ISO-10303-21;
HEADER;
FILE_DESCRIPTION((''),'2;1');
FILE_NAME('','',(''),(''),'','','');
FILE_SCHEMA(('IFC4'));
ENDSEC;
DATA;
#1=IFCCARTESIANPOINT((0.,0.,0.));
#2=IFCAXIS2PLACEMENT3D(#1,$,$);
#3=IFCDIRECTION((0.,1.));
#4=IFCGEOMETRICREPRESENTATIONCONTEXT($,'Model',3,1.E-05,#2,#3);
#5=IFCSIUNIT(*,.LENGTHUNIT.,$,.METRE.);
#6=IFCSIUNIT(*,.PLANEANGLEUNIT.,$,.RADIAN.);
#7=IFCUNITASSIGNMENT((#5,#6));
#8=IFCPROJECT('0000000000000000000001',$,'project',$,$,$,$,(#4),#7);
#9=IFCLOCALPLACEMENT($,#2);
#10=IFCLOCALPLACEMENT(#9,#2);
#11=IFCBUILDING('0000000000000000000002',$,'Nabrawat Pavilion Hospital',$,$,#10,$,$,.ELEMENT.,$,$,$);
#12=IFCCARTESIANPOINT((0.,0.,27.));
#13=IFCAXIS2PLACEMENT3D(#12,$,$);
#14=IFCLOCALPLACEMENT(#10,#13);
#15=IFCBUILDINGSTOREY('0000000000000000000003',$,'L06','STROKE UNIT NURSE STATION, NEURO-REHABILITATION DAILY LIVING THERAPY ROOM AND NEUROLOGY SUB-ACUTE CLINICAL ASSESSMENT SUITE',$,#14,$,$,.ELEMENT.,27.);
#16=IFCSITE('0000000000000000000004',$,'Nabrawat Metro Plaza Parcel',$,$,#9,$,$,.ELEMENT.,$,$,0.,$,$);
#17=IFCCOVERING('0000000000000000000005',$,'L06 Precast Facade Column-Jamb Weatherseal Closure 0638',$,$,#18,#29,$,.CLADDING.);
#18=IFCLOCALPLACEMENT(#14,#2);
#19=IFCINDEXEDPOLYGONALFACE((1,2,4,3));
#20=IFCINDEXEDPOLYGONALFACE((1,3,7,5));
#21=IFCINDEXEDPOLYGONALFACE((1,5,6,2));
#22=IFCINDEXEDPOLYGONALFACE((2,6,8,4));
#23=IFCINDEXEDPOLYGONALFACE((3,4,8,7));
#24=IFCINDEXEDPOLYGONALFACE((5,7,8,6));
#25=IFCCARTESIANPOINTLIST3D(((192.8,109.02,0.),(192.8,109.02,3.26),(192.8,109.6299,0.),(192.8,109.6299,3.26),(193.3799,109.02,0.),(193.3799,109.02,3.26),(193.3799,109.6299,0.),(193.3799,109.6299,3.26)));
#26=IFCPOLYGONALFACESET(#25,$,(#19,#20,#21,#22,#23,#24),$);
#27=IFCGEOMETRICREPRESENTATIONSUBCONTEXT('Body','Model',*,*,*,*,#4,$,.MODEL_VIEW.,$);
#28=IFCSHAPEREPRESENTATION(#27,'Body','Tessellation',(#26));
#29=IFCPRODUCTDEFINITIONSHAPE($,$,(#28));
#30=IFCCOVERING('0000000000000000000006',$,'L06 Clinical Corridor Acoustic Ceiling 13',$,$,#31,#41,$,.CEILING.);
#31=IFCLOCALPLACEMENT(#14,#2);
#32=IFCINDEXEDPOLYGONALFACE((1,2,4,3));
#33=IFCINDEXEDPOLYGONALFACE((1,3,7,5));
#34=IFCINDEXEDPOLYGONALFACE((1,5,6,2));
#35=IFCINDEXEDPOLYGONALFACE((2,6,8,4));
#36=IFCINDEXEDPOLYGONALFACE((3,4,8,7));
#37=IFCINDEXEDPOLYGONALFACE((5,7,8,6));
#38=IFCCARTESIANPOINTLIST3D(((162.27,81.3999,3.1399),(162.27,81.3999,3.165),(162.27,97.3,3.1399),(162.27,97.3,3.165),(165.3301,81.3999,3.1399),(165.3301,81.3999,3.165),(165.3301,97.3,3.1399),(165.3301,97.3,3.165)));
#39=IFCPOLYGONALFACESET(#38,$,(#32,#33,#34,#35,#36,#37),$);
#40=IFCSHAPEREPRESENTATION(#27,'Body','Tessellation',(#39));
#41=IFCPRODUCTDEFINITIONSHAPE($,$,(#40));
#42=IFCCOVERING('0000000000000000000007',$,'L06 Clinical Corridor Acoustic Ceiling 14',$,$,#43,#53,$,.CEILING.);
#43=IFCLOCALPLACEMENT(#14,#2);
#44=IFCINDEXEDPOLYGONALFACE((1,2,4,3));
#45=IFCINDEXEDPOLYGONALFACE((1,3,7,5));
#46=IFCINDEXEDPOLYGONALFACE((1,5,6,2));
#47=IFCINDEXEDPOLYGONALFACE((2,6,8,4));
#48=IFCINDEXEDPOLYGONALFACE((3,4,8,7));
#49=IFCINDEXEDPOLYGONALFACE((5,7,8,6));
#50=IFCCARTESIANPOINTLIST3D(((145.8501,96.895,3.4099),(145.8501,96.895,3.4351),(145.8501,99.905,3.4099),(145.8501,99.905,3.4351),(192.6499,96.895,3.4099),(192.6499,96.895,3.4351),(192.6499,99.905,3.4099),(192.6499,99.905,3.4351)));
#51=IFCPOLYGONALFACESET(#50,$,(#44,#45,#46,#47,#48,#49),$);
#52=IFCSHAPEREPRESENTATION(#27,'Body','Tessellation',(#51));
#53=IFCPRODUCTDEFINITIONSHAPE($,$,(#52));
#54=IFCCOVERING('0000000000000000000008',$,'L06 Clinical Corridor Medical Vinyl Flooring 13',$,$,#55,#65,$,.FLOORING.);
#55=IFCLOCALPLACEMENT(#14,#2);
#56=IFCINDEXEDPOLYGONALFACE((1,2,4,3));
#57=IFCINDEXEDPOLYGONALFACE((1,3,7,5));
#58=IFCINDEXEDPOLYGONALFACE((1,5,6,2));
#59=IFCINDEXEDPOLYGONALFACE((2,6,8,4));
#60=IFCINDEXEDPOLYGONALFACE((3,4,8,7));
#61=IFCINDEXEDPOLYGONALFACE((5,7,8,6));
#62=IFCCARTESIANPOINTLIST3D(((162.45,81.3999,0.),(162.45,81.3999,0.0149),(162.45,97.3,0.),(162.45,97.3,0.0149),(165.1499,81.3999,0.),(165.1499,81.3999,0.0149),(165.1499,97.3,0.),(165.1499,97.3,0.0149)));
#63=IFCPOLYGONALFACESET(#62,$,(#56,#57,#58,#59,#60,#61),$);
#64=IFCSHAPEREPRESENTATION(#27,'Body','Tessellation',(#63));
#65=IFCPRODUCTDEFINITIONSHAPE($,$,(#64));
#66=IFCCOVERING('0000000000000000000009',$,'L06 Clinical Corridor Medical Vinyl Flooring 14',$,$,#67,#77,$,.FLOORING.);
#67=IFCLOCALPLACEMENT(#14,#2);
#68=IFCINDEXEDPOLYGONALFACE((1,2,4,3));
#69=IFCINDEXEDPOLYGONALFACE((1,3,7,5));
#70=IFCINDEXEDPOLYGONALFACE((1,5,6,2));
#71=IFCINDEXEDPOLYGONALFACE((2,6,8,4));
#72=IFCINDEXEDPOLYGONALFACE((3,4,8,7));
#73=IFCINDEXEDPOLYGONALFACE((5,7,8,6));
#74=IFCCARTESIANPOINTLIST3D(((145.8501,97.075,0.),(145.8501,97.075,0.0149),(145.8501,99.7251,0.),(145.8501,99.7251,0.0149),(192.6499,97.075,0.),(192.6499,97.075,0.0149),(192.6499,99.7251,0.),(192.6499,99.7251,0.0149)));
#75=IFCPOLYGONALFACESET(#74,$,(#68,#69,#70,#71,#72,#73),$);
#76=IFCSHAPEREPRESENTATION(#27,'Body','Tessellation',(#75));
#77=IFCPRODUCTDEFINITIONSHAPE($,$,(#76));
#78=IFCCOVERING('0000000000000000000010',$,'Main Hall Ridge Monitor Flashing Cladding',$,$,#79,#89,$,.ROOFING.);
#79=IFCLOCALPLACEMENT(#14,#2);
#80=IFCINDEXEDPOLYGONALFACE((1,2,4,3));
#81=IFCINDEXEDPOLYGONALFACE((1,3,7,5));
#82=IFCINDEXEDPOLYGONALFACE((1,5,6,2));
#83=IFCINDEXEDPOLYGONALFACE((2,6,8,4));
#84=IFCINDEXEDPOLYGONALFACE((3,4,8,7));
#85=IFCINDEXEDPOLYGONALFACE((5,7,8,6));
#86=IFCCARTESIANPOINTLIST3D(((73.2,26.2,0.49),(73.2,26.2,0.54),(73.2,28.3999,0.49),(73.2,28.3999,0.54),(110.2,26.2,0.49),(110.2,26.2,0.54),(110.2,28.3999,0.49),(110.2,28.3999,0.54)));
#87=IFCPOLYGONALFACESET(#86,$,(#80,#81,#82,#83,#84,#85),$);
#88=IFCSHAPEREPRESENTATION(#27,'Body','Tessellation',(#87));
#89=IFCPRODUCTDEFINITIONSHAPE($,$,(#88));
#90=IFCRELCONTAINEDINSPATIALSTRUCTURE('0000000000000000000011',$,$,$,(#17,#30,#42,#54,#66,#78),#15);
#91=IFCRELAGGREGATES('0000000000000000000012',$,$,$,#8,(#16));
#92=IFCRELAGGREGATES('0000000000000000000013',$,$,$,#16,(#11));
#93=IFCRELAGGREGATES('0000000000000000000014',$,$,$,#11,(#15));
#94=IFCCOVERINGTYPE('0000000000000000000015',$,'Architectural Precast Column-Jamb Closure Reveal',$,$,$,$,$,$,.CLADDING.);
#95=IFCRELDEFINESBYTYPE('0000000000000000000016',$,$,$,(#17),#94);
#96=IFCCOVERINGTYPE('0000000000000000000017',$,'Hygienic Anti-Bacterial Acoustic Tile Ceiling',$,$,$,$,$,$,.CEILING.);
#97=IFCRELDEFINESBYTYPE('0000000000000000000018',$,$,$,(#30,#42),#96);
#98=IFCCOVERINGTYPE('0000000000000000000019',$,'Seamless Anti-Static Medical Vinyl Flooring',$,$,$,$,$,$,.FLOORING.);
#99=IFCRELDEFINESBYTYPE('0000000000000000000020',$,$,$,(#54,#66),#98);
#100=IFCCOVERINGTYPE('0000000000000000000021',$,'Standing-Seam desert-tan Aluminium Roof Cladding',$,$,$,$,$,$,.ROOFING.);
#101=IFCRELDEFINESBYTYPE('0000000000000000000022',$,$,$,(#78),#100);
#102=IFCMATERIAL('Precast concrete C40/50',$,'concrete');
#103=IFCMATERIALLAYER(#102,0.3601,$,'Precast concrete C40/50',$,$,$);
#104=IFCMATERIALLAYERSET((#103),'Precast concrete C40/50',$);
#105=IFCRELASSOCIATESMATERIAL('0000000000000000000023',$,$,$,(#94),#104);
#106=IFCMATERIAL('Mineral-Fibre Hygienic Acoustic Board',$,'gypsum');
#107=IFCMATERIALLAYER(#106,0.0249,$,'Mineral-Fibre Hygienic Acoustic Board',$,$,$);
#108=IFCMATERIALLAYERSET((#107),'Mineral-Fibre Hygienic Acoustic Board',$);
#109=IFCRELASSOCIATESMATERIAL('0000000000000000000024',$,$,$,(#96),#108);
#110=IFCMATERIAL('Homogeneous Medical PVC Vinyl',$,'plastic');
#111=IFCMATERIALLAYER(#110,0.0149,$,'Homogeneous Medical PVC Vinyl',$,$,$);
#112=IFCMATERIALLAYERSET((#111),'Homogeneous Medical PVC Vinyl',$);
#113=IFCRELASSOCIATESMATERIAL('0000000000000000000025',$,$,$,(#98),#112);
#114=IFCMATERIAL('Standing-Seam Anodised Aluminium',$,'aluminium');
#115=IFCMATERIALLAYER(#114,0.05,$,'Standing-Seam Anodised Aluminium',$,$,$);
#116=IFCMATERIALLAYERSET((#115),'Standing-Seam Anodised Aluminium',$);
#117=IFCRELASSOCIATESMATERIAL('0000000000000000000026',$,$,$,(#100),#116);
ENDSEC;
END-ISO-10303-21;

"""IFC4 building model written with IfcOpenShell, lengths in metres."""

from ifc_helpers import new_model, si_unit, direction, frame, origin, place, context, subcontext, project, spatial, polyline, outline, extrude, material, layer, layer_set, type_object, element, save


model = new_model("IFC4")

# Units and contexts
model_context = context("Model", 3, precision=1e-05, world=origin(), true_north=direction((0.0, 1.0)))
body_context = subcontext(model_context, "Body", "Model", "MODEL_VIEW")
ifc_project = project(units=[si_unit("LENGTHUNIT", "METRE"), si_unit("PLANEANGLEUNIT", "RADIAN")], contexts=[model_context])

# Site, building, storey
site_placement = place(None, origin())
site = spatial("IfcSite", under=ifc_project, at=site_placement, Name="Nabrawat Metro Plaza Parcel", CompositionType="ELEMENT", RefElevation=0.0)
building_placement = place(site_placement, origin())
building = spatial("IfcBuilding", under=site, at=building_placement, Name="Nabrawat Pavilion Hospital", CompositionType="ELEMENT")
storey_placement = place(building_placement, frame((0.0, 0.0, 27.0)))
storey = spatial("IfcBuildingStorey", under=building, at=storey_placement, Name="L06", Description="STROKE UNIT NURSE STATION, NEURO-REHABILITATION DAILY LIVING THERAPY ROOM AND NEUROLOGY SUB-ACUTE CLINICAL ASSESSMENT SUITE", CompositionType="ELEMENT", Elevation=27.0)

# Covering
ifc_material_1 = material(Name="Precast concrete C40/50", Category="concrete")
ifc_layer_1 = layer(ifc_material_1, 0.3601, Name="Precast concrete C40/50")
ifc_layer_set_1 = layer_set([ifc_layer_1], Name="Precast concrete C40/50")
covering_type_1 = type_object("IfcCoveringType", Name="Architectural Precast Column-Jamb Closure Reveal", PredefinedType="CLADDING", material=ifc_layer_set_1)
covering_1_placement = place(storey_placement, origin())
element("IfcCovering", 1, at=covering_1_placement, inside=storey, type_object=covering_type_1, Name="L06 Precast Facade Column-Jamb Weatherseal Closure 0638", PredefinedType="CLADDING", context=body_context, shape_type="SweptSolid", body=[
    extrude(outline(polyline([(193.3799, 109.02), (193.3799, 109.6299), (192.8, 109.6299), (192.8, 109.02), (193.3799, 109.02)])), origin(), (0.0, 0.0, 1.0), 3.26),
])

# Coverings
ifc_material_2 = material(Name="Mineral-Fibre Hygienic Acoustic Board", Category="gypsum")
ifc_layer_2 = layer(ifc_material_2, 0.0249, Name="Mineral-Fibre Hygienic Acoustic Board")
ifc_layer_set_2 = layer_set([ifc_layer_2], Name="Mineral-Fibre Hygienic Acoustic Board")
covering_type_2 = type_object("IfcCoveringType", Name="Hygienic Anti-Bacterial Acoustic Tile Ceiling", PredefinedType="CEILING", material=ifc_layer_set_2)
covering_2_placement = place(storey_placement, frame((0.0, 0.0, 3.1399)))
element("IfcCovering", 2, at=covering_2_placement, inside=storey, type_object=covering_type_2, Name="L06 Clinical Corridor Acoustic Ceiling 13", PredefinedType="CEILING", context=body_context, shape_type="SweptSolid", body=[
    extrude(outline(polyline([(165.3301, 81.3999), (165.3301, 97.3), (162.27, 97.3), (162.27, 81.3999), (165.3301, 81.3999)])), origin(), (0.0, 0.0, 1.0), 0.0251),
])
covering_3_placement = place(storey_placement, frame((0.0, 0.0, 3.4099)))
element("IfcCovering", 3, at=covering_3_placement, inside=storey, type_object=covering_type_2, Name="L06 Clinical Corridor Acoustic Ceiling 14", PredefinedType="CEILING", context=body_context, shape_type="SweptSolid", body=[
    extrude(outline(polyline([(192.6499, 96.895), (192.6499, 99.905), (145.8501, 99.905), (145.8501, 96.895), (192.6499, 96.895)])), origin(), (0.0, 0.0, 1.0), 0.0251),
])
ifc_material_3 = material(Name="Homogeneous Medical PVC Vinyl", Category="plastic")
ifc_layer_3 = layer(ifc_material_3, 0.0149, Name="Homogeneous Medical PVC Vinyl")
ifc_layer_set_3 = layer_set([ifc_layer_3], Name="Homogeneous Medical PVC Vinyl")
covering_type_3 = type_object("IfcCoveringType", Name="Seamless Anti-Static Medical Vinyl Flooring", PredefinedType="FLOORING", material=ifc_layer_set_3)
covering_4_placement = place(storey_placement, origin())
element("IfcCovering", 4, at=covering_4_placement, inside=storey, type_object=covering_type_3, Name="L06 Clinical Corridor Medical Vinyl Flooring 13", PredefinedType="FLOORING", context=body_context, shape_type="SweptSolid", body=[
    extrude(outline(polyline([(165.1499, 81.3999), (165.1499, 97.3), (162.45, 97.3), (162.45, 81.3999), (165.1499, 81.3999)])), origin(), (0.0, 0.0, 1.0), 0.0149),
])
covering_5_placement = place(storey_placement, origin())
element("IfcCovering", 5, at=covering_5_placement, inside=storey, type_object=covering_type_3, Name="L06 Clinical Corridor Medical Vinyl Flooring 14", PredefinedType="FLOORING", context=body_context, shape_type="SweptSolid", body=[
    extrude(outline(polyline([(192.6499, 97.075), (192.6499, 99.7251), (145.8501, 99.7251), (145.8501, 97.075), (192.6499, 97.075)])), origin(), (0.0, 0.0, 1.0), 0.0149),
])
ifc_material_4 = material(Name="Standing-Seam Anodised Aluminium", Category="aluminium")
ifc_layer_4 = layer(ifc_material_4, 0.05, Name="Standing-Seam Anodised Aluminium")
ifc_layer_set_4 = layer_set([ifc_layer_4], Name="Standing-Seam Anodised Aluminium")
covering_type_4 = type_object("IfcCoveringType", Name="Standing-Seam desert-tan Aluminium Roof Cladding", PredefinedType="ROOFING", material=ifc_layer_set_4)
covering_6_placement = place(storey_placement, frame((0.0, 0.0, 0.49)))
element("IfcCovering", 6, at=covering_6_placement, inside=storey, type_object=covering_type_4, Name="Main Hall Ridge Monitor Flashing Cladding", PredefinedType="ROOFING", context=body_context, shape_type="SweptSolid", body=[
    extrude(outline(polyline([(110.2, 26.2), (110.2, 28.3999), (73.2, 28.3999), (73.2, 26.2), (110.2, 26.2)])), origin(), (0.0, 0.0, 1.0), 0.05),
])

save(model, "model.ifc")
